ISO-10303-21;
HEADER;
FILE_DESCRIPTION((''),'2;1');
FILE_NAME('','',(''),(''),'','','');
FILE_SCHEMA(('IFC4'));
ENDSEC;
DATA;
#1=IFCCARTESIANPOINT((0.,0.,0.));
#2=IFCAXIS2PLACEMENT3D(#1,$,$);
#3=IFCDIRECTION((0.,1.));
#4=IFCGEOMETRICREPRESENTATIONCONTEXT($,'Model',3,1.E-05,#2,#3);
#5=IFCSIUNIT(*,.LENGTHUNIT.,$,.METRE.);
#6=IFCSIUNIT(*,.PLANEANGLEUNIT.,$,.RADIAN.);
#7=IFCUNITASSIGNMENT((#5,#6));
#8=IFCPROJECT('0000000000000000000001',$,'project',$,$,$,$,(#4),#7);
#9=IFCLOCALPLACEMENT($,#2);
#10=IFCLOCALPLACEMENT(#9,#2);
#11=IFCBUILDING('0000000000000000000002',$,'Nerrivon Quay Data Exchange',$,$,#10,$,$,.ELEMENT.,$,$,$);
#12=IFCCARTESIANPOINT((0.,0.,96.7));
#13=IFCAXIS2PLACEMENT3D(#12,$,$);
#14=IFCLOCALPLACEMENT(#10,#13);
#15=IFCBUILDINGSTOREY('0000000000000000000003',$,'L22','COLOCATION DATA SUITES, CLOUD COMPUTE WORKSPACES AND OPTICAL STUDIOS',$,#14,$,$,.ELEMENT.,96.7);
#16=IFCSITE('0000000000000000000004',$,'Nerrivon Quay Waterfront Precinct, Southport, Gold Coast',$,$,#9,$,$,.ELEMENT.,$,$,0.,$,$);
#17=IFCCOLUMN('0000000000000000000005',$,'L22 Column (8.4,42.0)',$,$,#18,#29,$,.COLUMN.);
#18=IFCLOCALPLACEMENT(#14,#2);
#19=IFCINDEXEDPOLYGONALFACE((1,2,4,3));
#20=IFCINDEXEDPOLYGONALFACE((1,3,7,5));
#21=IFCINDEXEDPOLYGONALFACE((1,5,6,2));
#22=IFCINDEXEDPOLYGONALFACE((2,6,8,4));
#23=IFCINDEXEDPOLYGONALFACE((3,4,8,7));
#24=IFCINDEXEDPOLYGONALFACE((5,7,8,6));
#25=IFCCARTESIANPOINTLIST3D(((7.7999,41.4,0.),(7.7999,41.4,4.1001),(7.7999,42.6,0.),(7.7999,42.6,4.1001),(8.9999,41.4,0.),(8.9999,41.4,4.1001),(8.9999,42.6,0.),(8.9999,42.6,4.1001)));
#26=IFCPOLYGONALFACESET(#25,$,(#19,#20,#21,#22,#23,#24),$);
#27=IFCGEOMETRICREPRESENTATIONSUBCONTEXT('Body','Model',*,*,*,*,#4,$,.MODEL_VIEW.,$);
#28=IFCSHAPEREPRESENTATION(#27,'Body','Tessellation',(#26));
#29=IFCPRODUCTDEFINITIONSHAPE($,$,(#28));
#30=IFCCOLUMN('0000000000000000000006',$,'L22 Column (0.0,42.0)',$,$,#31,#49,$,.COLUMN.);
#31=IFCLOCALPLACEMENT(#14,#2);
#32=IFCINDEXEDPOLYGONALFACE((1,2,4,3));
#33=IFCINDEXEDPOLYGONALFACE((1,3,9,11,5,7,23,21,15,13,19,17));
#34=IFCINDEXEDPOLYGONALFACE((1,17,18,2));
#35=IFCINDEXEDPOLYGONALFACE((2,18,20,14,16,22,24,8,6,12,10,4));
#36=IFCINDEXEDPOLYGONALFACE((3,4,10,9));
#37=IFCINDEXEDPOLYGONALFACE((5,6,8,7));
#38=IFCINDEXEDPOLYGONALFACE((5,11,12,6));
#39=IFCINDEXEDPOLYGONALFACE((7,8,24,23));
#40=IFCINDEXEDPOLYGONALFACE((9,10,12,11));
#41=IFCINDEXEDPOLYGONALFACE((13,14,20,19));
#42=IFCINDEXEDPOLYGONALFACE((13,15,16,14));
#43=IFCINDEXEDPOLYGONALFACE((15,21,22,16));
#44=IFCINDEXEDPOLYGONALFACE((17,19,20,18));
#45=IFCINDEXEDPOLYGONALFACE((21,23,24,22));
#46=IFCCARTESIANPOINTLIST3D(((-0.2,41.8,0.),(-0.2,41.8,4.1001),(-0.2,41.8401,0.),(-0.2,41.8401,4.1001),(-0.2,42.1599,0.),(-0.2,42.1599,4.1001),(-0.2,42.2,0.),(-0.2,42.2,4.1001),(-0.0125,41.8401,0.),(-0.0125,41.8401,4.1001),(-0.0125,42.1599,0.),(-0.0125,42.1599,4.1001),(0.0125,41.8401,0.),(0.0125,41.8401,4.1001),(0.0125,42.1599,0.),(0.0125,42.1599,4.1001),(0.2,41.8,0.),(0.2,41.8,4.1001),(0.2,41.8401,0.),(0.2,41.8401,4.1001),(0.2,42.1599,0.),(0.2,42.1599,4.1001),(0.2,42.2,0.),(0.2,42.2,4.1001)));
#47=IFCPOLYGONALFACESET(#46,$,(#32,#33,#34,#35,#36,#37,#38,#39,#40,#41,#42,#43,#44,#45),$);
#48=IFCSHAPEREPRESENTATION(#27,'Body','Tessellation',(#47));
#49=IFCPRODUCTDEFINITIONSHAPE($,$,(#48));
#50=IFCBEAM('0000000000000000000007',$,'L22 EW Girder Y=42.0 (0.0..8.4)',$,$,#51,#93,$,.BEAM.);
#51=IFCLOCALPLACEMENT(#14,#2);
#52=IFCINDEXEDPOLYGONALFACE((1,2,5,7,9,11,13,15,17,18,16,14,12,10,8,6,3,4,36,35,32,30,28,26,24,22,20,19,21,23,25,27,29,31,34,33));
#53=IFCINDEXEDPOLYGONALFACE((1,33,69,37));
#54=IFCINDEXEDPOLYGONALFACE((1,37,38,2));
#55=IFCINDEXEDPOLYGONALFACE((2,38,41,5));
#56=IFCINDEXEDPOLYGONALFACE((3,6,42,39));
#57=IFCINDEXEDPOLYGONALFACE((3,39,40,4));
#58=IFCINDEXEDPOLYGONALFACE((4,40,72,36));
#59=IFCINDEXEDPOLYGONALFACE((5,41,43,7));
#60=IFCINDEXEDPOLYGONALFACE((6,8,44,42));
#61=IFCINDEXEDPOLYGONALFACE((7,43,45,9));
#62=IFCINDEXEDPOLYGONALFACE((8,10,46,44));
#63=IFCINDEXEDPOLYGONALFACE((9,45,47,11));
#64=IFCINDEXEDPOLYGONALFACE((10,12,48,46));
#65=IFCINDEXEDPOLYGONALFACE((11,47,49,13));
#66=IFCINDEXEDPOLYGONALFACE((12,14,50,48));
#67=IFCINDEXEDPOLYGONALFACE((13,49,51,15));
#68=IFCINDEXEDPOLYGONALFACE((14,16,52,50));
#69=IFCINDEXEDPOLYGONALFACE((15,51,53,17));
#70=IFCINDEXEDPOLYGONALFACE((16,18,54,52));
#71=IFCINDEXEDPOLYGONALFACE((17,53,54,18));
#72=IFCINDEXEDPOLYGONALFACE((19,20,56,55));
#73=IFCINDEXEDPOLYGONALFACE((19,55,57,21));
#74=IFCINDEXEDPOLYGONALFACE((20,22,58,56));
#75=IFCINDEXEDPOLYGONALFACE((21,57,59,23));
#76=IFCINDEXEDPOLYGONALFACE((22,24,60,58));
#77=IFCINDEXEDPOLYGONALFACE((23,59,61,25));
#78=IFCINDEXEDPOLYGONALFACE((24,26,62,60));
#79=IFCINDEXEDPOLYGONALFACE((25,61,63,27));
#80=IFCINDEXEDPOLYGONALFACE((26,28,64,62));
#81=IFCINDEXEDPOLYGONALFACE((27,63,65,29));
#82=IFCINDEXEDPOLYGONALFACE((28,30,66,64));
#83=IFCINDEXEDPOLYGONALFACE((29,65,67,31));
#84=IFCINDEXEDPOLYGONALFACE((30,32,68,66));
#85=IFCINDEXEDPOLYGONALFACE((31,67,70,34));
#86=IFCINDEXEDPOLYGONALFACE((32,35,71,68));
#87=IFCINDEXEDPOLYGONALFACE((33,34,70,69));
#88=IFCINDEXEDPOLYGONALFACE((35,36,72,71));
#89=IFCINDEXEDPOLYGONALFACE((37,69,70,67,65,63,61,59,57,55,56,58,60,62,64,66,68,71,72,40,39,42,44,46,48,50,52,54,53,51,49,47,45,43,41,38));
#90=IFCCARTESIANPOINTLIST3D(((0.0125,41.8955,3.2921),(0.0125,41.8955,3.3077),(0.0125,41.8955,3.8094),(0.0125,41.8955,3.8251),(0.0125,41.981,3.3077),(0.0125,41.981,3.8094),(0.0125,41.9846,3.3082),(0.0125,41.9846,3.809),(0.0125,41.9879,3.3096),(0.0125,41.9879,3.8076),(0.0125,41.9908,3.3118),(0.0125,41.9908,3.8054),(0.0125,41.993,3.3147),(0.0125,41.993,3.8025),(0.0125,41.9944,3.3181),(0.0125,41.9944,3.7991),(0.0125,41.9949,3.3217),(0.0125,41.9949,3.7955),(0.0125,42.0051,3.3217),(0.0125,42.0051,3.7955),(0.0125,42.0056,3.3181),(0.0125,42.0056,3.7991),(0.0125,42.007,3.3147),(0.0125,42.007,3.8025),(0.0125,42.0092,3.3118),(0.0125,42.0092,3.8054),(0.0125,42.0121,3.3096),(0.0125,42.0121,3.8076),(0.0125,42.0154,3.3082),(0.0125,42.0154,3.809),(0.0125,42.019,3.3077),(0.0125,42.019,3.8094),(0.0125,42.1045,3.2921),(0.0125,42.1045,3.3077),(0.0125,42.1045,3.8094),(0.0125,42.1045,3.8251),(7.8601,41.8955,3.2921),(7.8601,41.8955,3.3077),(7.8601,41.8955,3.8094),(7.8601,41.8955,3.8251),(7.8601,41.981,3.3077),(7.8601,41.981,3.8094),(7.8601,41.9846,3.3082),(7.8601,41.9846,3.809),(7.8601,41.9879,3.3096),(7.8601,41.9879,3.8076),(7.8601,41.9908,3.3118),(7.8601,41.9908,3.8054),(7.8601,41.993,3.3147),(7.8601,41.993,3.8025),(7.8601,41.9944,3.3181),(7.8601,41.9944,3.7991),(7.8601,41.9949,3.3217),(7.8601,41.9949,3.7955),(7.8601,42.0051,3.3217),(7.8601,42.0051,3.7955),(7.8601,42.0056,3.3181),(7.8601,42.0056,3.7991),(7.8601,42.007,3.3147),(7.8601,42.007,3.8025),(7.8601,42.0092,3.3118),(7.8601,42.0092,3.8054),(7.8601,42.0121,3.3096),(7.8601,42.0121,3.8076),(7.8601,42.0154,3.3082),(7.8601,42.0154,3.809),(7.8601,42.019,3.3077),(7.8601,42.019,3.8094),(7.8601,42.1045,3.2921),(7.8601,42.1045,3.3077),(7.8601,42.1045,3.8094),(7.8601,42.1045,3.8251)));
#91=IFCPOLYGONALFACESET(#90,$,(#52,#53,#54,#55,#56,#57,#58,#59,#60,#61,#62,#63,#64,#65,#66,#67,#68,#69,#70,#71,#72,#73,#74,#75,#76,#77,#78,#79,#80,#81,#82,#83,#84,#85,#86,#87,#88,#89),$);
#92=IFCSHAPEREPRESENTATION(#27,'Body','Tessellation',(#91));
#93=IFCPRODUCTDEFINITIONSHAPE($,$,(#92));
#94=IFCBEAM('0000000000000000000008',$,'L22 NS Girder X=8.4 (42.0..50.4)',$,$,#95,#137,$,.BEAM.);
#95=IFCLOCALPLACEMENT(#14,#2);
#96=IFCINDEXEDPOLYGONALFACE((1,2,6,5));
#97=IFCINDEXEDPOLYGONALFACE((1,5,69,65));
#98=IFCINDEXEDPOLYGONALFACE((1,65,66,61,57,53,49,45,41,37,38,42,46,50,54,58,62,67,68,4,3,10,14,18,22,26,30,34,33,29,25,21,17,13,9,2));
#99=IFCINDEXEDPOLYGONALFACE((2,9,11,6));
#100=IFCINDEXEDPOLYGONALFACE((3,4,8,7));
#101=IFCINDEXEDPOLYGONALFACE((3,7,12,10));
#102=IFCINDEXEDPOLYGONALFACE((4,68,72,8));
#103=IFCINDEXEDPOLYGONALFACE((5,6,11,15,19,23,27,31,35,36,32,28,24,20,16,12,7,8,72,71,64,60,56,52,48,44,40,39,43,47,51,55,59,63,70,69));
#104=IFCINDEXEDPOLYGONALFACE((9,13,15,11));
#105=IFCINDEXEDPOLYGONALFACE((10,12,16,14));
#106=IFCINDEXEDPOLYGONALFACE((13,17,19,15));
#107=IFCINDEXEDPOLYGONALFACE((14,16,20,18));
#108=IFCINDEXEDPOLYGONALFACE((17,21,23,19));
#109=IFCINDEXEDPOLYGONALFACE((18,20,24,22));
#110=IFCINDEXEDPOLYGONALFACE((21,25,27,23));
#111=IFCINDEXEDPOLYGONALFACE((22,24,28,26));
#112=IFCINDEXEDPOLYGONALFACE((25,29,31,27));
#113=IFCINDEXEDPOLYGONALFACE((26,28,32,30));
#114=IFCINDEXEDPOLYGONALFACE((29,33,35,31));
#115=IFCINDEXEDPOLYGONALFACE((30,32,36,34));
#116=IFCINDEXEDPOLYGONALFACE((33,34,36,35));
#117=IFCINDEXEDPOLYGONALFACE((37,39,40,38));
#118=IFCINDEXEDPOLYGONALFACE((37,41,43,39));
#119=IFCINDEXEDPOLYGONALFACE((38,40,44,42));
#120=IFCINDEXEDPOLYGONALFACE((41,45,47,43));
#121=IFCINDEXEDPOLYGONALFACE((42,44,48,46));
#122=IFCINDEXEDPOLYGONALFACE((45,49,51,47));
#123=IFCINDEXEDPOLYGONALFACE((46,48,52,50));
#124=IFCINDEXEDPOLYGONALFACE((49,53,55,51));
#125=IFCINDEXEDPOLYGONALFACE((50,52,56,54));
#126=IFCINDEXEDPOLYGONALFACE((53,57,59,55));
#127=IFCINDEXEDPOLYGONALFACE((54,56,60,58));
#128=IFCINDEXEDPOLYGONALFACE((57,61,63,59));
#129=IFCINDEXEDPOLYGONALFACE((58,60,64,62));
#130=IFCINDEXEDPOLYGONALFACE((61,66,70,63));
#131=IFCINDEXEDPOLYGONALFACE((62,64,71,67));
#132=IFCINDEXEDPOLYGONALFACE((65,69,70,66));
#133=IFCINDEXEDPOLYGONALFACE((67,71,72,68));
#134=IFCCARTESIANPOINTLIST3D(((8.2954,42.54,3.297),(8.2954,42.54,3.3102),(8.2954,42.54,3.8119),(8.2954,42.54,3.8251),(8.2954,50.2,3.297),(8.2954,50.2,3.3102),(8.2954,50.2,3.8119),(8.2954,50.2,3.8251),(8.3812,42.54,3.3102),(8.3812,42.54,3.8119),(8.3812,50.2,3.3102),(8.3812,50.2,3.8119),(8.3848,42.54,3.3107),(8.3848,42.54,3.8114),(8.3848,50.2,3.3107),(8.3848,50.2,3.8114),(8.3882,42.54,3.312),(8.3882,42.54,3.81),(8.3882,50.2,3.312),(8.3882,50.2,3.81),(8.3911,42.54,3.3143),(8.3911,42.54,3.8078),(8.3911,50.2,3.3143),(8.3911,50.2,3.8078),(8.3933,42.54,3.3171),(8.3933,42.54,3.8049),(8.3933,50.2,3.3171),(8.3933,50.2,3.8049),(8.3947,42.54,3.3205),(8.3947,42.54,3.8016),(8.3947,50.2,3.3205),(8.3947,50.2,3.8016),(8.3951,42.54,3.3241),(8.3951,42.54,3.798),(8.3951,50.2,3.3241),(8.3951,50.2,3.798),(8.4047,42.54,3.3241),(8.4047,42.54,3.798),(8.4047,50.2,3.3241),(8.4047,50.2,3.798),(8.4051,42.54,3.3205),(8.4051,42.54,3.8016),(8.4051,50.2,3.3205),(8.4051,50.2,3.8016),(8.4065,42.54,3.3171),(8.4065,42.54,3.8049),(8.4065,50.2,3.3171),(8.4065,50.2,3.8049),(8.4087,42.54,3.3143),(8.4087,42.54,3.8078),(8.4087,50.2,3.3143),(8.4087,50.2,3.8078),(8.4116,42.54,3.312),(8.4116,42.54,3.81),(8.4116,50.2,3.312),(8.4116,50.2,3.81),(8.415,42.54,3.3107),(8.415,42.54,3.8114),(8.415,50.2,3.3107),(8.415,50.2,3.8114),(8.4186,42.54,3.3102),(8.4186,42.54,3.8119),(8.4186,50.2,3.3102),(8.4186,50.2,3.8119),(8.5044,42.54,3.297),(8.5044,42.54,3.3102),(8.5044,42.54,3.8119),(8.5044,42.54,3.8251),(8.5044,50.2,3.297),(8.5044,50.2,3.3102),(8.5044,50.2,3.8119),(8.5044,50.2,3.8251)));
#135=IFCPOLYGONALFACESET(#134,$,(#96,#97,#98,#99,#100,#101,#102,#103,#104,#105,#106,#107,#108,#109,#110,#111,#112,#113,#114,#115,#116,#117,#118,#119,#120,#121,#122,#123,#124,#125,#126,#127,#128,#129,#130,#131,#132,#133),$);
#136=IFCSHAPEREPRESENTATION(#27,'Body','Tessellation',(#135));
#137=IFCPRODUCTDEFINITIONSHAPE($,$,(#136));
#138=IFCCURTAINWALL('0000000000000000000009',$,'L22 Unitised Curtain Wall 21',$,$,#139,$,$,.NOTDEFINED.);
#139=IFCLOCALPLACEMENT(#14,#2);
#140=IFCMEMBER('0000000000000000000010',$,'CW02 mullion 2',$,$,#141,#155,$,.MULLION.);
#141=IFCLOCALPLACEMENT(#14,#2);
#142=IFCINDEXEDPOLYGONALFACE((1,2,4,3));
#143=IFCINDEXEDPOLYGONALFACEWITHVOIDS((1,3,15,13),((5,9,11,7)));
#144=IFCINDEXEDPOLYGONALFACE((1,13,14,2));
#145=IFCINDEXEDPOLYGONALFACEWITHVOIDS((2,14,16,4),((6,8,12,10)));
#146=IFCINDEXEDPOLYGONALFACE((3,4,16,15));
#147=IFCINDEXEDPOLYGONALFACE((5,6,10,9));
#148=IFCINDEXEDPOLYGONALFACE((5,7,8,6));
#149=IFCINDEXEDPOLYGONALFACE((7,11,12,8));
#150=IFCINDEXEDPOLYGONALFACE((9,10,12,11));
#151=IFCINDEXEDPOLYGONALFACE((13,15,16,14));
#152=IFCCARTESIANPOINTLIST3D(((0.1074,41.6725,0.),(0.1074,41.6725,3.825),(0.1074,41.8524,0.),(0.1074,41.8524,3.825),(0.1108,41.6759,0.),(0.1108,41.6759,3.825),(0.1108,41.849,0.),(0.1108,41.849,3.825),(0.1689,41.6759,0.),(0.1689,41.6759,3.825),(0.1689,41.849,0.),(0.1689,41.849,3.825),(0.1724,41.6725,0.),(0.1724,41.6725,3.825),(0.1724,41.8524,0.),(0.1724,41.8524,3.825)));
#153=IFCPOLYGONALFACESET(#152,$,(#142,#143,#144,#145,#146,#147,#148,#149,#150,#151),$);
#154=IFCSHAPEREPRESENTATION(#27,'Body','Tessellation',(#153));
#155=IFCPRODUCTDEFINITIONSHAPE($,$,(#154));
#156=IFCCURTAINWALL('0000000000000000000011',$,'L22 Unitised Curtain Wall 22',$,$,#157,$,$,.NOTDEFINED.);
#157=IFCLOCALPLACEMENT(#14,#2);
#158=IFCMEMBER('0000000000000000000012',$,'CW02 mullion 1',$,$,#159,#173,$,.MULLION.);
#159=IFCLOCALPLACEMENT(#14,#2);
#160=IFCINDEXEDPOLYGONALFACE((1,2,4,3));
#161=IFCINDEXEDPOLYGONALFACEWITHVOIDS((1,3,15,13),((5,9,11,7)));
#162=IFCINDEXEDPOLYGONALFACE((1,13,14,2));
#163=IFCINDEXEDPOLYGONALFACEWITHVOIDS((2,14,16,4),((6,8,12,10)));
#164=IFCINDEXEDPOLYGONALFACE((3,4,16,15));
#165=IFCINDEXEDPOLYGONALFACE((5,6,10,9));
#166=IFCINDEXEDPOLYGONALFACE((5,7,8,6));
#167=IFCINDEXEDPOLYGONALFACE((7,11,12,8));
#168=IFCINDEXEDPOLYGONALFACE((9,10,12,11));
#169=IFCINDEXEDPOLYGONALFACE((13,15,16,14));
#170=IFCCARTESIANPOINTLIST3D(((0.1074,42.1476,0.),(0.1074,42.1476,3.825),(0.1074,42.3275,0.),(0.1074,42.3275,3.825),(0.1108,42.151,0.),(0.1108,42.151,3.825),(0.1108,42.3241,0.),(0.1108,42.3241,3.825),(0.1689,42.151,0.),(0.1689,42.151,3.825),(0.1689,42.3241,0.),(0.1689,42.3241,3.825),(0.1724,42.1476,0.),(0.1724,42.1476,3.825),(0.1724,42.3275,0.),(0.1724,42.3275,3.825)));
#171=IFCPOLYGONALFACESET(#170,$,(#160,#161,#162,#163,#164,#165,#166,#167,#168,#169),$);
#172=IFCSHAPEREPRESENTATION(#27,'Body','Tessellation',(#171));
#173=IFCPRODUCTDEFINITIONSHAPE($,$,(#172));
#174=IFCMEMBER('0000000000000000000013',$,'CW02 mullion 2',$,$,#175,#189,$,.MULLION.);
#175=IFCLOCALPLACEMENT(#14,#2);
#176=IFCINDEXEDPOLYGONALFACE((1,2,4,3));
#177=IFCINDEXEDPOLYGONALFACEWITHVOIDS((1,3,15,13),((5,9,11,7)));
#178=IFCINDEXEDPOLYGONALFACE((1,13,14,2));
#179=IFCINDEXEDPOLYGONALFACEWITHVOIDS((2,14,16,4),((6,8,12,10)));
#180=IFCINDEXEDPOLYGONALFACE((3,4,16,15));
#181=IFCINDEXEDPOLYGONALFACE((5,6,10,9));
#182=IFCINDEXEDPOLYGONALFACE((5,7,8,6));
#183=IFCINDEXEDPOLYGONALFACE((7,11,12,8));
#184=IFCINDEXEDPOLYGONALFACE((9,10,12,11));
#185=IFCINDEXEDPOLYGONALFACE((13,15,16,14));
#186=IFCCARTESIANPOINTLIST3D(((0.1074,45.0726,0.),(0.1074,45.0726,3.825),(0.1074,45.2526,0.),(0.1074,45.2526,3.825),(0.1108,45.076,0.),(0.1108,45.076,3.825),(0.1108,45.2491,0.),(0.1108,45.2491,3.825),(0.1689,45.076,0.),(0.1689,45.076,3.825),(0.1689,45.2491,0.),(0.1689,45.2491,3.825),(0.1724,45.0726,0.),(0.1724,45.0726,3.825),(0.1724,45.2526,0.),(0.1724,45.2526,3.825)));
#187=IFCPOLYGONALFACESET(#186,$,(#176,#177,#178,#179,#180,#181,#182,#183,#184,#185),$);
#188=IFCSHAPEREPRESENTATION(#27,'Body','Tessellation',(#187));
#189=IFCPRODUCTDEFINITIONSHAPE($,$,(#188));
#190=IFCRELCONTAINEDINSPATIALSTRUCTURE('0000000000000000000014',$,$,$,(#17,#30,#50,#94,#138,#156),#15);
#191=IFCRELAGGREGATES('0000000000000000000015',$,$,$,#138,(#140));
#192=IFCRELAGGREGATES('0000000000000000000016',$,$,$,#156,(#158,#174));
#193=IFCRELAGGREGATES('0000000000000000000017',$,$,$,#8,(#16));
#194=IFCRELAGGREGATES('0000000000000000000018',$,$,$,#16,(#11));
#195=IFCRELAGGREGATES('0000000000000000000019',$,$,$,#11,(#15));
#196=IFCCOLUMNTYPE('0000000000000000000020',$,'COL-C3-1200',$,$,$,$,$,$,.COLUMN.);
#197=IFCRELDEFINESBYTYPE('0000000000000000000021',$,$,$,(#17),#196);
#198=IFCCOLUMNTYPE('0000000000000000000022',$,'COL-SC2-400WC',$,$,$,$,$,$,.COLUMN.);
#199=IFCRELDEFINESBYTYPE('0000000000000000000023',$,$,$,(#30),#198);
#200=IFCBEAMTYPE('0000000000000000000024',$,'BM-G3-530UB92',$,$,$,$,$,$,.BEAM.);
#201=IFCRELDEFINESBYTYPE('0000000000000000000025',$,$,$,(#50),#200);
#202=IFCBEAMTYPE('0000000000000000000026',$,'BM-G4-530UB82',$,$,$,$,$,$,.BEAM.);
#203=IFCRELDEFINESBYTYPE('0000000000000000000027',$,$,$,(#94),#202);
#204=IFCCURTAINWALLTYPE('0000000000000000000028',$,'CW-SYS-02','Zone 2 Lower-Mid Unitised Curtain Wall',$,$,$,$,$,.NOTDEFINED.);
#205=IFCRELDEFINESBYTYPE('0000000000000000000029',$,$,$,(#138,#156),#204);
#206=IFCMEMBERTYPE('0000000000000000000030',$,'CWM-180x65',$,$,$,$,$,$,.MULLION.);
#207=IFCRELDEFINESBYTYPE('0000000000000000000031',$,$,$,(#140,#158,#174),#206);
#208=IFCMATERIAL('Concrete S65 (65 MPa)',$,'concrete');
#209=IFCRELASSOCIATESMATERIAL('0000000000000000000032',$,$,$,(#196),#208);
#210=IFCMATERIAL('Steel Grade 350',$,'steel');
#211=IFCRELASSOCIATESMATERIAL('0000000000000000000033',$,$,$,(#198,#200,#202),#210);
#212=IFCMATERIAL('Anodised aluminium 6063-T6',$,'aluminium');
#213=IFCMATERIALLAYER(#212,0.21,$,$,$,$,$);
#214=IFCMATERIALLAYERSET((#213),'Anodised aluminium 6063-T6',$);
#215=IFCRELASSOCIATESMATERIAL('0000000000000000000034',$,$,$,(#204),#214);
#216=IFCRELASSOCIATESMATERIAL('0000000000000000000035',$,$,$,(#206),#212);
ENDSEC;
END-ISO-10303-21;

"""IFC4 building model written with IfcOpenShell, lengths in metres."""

from ifc_helpers import new_model, si_unit, direction, frame, origin, origin_2d, place, context, subcontext, project, spatial, rectangle, hollow_rectangle, i_section, extrude, material, layer, layer_set, material_profile, profile_set, type_object, element, aggregate, save


model = new_model("IFC4")

# Units and contexts
model_context = context("Model", 3, precision=1e-05, world=origin(), true_north=direction((0.0, 1.0)))
body_context = subcontext(model_context, "Body", "Model", "MODEL_VIEW")
ifc_project = project(units=[si_unit("LENGTHUNIT", "METRE"), si_unit("PLANEANGLEUNIT", "RADIAN")], contexts=[model_context])

# Site, building, storey
site_placement = place(None, origin())
site = spatial("IfcSite", under=ifc_project, at=site_placement, Name="Nerrivon Quay Waterfront Precinct, Southport, Gold Coast", CompositionType="ELEMENT", RefElevation=0.0)
building_placement = place(site_placement, origin())
building = spatial("IfcBuilding", under=site, at=building_placement, Name="Nerrivon Quay Data Exchange", CompositionType="ELEMENT")
storey_placement = place(building_placement, frame((0.0, 0.0, 96.7)))
storey = spatial("IfcBuildingStorey", under=building, at=storey_placement, Name="L22", Description="COLOCATION DATA SUITES, CLOUD COMPUTE WORKSPACES AND OPTICAL STUDIOS", CompositionType="ELEMENT", Elevation=96.7)

# Columns
ifc_material_1 = material(Name="Concrete S65 (65 MPa)", Category="concrete")
ifc_material_profile_1 = material_profile(ifc_material_1, rectangle(XDim=1.2, YDim=1.2, at=origin_2d()), Name="RC-COL-1200x1200")
ifc_profile_set_1 = profile_set([ifc_material_profile_1], Name="Concrete S65 (65 MPa)")
column_type_1 = type_object("IfcColumnType", Name="COL-C3-1200", PredefinedType="COLUMN", material=ifc_profile_set_1)
column_1_placement = place(storey_placement, frame((8.3999, 42.0, 0.0), z_axis=(0.0, 0.0, 1.0), x_axis=(1.0, 0.0, 0.0)))
element("IfcColumn", 1, at=column_1_placement, inside=storey, type_object=column_type_1, Name="L22 Column (8.4,42.0)", PredefinedType="COLUMN", context=body_context, shape_type="SweptSolid", body=[
    extrude(rectangle(XDim=1.2, YDim=1.2, at=origin_2d()), origin(), (0.0, 0.0, 1.0), 4.1001),
])
ifc_material_2 = material(Name="Steel Grade 350", Category="steel")
ifc_material_profile_2 = material_profile(ifc_material_2, i_section(OverallWidth=0.3999, OverallDepth=0.3999, WebThickness=0.0249, FlangeThickness=0.04, at=origin_2d()), Name="400WC328")
ifc_profile_set_2 = profile_set([ifc_material_profile_2], Name="Steel Grade 350")
column_type_2 = type_object("IfcColumnType", Name="COL-SC2-400WC", PredefinedType="COLUMN", material=ifc_profile_set_2)
column_2_placement = place(storey_placement, frame((0.0, 42.0, 0.0), z_axis=(0.0, 0.0, 1.0), x_axis=(1.0, 0.0, 0.0)))
element("IfcColumn", 2, at=column_2_placement, inside=storey, type_object=column_type_2, Name="L22 Column (0.0,42.0)", PredefinedType="COLUMN", context=body_context, shape_type="SweptSolid", body=[
    extrude(i_section(OverallWidth=0.3999, OverallDepth=0.3999, WebThickness=0.0249, FlangeThickness=0.04, at=origin_2d()), origin(), (0.0, 0.0, 1.0), 4.1001),
])

# Beams
ifc_material_profile_3 = material_profile(ifc_material_2, i_section(OverallWidth=0.209, OverallDepth=0.533, WebThickness=0.0103, FlangeThickness=0.0156, FilletRadius=0.0139, at=origin_2d()), Name="530UB92.4")
ifc_profile_set_3 = profile_set([ifc_material_profile_3], Name="Steel Grade 350")
beam_type_1 = type_object("IfcBeamType", Name="BM-G3-530UB92", PredefinedType="BEAM", material=ifc_profile_set_3)
beam_1_placement = place(storey_placement, frame((0.0125, 42.0, 3.5586), z_axis=(1.0, 0.0, 0.0), x_axis=(0.0, 1.0, 0.0)))
element("IfcBeam", 3, at=beam_1_placement, inside=storey, type_object=beam_type_1, Name="L22 EW Girder Y=42.0 (0.0..8.4)", PredefinedType="BEAM", context=body_context, shape_type="SweptSolid", body=[
    extrude(i_section(OverallWidth=0.209, OverallDepth=0.533, WebThickness=0.0103, FlangeThickness=0.0156, FilletRadius=0.0139, at=origin_2d()), origin(), (0.0, 0.0, 1.0), 7.8477),
])
ifc_material_profile_4 = material_profile(ifc_material_2, i_section(OverallWidth=0.209, OverallDepth=0.5281, WebThickness=0.0095, FlangeThickness=0.0132, FilletRadius=0.0139, at=origin_2d()), Name="530UB82.0")
ifc_profile_set_4 = profile_set([ifc_material_profile_4], Name="Steel Grade 350")
beam_type_2 = type_object("IfcBeamType", Name="BM-G4-530UB82", PredefinedType="BEAM", material=ifc_profile_set_4)
beam_2_placement = place(storey_placement, frame((8.3999, 42.54, 3.561), z_axis=(0.0, 1.0, 0.0), x_axis=(-1.0, 0.0, 0.0)))
element("IfcBeam", 4, at=beam_2_placement, inside=storey, type_object=beam_type_2, Name="L22 NS Girder X=8.4 (42.0..50.4)", PredefinedType="BEAM", context=body_context, shape_type="SweptSolid", body=[
    extrude(i_section(OverallWidth=0.209, OverallDepth=0.5281, WebThickness=0.0095, FlangeThickness=0.0132, FilletRadius=0.0139, at=origin_2d()), origin(), (0.0, 0.0, 1.0), 7.6599),
])

# Curtain wall, member
ifc_material_3 = material(Name="Anodised aluminium 6063-T6", Category="aluminium")
ifc_layer_1 = layer(ifc_material_3, 0.21)
ifc_layer_set_1 = layer_set([ifc_layer_1], Name="Anodised aluminium 6063-T6")
curtain_wall_type = type_object("IfcCurtainWallType", Name="CW-SYS-02", Description="Zone 2 Lower-Mid Unitised Curtain Wall", PredefinedType="NOTDEFINED", material=ifc_layer_set_1)
curtain_wall_1_placement = place(storey_placement, origin())
curtain_wall_1 = element("IfcCurtainWall", 5, at=curtain_wall_1_placement, inside=storey, type_object=curtain_wall_type, Name="L22 Unitised Curtain Wall 21", PredefinedType="NOTDEFINED")
ifc_material_profile_5 = material_profile(ifc_material_3, hollow_rectangle(XDim=0.0649, YDim=0.1799, WallThickness=0.0034, at=origin_2d()), Name="ALU-MULL-180x65")
ifc_profile_set_5 = profile_set([ifc_material_profile_5], Name="Anodised aluminium 6063-T6")
member_type_1 = type_object("IfcMemberType", Name="CWM-180x65", PredefinedType="MULLION", material=ifc_profile_set_5)
member_1_placement = place(storey_placement, frame((0.1399, 41.7625, 0.0), z_axis=(0.0, 0.0, 1.0), x_axis=(-1.0, 0.0, 0.0)))
member_1 = element("IfcMember", 6, at=member_1_placement, type_object=member_type_1, Name="CW02 mullion 2", PredefinedType="MULLION", context=body_context, shape_type="SweptSolid", body=[
    extrude(hollow_rectangle(XDim=0.0649, YDim=0.1799, WallThickness=0.0034, at=origin_2d()), origin(), (0.0, 0.0, 1.0), 3.825),
])

# Curtain wall, members
curtain_wall_2_placement = place(storey_placement, origin())
curtain_wall_2 = element("IfcCurtainWall", 7, at=curtain_wall_2_placement, inside=storey, type_object=curtain_wall_type, Name="L22 Unitised Curtain Wall 22", PredefinedType="NOTDEFINED")
member_2_placement = place(storey_placement, frame((0.1399, 42.2375, 0.0), z_axis=(0.0, 0.0, 1.0), x_axis=(-1.0, 0.0, 0.0)))
member_2 = element("IfcMember", 8, at=member_2_placement, type_object=member_type_1, Name="CW02 mullion 1", PredefinedType="MULLION", context=body_context, shape_type="SweptSolid", body=[
    extrude(hollow_rectangle(XDim=0.0649, YDim=0.1799, WallThickness=0.0034, at=origin_2d()), origin(), (0.0, 0.0, 1.0), 3.825),
])
member_3_placement = place(storey_placement, frame((0.1399, 45.1626, 0.0), z_axis=(0.0, 0.0, 1.0), x_axis=(-1.0, 0.0, 0.0)))
member_3 = element("IfcMember", 9, at=member_3_placement, type_object=member_type_1, Name="CW02 mullion 2", PredefinedType="MULLION", context=body_context, shape_type="SweptSolid", body=[
    extrude(hollow_rectangle(XDim=0.0649, YDim=0.1799, WallThickness=0.0034, at=origin_2d()), origin(), (0.0, 0.0, 1.0), 3.825),
])

aggregate(curtain_wall_1, [member_1])
aggregate(curtain_wall_2, [member_2, member_3])

save(model, "model.ifc")
